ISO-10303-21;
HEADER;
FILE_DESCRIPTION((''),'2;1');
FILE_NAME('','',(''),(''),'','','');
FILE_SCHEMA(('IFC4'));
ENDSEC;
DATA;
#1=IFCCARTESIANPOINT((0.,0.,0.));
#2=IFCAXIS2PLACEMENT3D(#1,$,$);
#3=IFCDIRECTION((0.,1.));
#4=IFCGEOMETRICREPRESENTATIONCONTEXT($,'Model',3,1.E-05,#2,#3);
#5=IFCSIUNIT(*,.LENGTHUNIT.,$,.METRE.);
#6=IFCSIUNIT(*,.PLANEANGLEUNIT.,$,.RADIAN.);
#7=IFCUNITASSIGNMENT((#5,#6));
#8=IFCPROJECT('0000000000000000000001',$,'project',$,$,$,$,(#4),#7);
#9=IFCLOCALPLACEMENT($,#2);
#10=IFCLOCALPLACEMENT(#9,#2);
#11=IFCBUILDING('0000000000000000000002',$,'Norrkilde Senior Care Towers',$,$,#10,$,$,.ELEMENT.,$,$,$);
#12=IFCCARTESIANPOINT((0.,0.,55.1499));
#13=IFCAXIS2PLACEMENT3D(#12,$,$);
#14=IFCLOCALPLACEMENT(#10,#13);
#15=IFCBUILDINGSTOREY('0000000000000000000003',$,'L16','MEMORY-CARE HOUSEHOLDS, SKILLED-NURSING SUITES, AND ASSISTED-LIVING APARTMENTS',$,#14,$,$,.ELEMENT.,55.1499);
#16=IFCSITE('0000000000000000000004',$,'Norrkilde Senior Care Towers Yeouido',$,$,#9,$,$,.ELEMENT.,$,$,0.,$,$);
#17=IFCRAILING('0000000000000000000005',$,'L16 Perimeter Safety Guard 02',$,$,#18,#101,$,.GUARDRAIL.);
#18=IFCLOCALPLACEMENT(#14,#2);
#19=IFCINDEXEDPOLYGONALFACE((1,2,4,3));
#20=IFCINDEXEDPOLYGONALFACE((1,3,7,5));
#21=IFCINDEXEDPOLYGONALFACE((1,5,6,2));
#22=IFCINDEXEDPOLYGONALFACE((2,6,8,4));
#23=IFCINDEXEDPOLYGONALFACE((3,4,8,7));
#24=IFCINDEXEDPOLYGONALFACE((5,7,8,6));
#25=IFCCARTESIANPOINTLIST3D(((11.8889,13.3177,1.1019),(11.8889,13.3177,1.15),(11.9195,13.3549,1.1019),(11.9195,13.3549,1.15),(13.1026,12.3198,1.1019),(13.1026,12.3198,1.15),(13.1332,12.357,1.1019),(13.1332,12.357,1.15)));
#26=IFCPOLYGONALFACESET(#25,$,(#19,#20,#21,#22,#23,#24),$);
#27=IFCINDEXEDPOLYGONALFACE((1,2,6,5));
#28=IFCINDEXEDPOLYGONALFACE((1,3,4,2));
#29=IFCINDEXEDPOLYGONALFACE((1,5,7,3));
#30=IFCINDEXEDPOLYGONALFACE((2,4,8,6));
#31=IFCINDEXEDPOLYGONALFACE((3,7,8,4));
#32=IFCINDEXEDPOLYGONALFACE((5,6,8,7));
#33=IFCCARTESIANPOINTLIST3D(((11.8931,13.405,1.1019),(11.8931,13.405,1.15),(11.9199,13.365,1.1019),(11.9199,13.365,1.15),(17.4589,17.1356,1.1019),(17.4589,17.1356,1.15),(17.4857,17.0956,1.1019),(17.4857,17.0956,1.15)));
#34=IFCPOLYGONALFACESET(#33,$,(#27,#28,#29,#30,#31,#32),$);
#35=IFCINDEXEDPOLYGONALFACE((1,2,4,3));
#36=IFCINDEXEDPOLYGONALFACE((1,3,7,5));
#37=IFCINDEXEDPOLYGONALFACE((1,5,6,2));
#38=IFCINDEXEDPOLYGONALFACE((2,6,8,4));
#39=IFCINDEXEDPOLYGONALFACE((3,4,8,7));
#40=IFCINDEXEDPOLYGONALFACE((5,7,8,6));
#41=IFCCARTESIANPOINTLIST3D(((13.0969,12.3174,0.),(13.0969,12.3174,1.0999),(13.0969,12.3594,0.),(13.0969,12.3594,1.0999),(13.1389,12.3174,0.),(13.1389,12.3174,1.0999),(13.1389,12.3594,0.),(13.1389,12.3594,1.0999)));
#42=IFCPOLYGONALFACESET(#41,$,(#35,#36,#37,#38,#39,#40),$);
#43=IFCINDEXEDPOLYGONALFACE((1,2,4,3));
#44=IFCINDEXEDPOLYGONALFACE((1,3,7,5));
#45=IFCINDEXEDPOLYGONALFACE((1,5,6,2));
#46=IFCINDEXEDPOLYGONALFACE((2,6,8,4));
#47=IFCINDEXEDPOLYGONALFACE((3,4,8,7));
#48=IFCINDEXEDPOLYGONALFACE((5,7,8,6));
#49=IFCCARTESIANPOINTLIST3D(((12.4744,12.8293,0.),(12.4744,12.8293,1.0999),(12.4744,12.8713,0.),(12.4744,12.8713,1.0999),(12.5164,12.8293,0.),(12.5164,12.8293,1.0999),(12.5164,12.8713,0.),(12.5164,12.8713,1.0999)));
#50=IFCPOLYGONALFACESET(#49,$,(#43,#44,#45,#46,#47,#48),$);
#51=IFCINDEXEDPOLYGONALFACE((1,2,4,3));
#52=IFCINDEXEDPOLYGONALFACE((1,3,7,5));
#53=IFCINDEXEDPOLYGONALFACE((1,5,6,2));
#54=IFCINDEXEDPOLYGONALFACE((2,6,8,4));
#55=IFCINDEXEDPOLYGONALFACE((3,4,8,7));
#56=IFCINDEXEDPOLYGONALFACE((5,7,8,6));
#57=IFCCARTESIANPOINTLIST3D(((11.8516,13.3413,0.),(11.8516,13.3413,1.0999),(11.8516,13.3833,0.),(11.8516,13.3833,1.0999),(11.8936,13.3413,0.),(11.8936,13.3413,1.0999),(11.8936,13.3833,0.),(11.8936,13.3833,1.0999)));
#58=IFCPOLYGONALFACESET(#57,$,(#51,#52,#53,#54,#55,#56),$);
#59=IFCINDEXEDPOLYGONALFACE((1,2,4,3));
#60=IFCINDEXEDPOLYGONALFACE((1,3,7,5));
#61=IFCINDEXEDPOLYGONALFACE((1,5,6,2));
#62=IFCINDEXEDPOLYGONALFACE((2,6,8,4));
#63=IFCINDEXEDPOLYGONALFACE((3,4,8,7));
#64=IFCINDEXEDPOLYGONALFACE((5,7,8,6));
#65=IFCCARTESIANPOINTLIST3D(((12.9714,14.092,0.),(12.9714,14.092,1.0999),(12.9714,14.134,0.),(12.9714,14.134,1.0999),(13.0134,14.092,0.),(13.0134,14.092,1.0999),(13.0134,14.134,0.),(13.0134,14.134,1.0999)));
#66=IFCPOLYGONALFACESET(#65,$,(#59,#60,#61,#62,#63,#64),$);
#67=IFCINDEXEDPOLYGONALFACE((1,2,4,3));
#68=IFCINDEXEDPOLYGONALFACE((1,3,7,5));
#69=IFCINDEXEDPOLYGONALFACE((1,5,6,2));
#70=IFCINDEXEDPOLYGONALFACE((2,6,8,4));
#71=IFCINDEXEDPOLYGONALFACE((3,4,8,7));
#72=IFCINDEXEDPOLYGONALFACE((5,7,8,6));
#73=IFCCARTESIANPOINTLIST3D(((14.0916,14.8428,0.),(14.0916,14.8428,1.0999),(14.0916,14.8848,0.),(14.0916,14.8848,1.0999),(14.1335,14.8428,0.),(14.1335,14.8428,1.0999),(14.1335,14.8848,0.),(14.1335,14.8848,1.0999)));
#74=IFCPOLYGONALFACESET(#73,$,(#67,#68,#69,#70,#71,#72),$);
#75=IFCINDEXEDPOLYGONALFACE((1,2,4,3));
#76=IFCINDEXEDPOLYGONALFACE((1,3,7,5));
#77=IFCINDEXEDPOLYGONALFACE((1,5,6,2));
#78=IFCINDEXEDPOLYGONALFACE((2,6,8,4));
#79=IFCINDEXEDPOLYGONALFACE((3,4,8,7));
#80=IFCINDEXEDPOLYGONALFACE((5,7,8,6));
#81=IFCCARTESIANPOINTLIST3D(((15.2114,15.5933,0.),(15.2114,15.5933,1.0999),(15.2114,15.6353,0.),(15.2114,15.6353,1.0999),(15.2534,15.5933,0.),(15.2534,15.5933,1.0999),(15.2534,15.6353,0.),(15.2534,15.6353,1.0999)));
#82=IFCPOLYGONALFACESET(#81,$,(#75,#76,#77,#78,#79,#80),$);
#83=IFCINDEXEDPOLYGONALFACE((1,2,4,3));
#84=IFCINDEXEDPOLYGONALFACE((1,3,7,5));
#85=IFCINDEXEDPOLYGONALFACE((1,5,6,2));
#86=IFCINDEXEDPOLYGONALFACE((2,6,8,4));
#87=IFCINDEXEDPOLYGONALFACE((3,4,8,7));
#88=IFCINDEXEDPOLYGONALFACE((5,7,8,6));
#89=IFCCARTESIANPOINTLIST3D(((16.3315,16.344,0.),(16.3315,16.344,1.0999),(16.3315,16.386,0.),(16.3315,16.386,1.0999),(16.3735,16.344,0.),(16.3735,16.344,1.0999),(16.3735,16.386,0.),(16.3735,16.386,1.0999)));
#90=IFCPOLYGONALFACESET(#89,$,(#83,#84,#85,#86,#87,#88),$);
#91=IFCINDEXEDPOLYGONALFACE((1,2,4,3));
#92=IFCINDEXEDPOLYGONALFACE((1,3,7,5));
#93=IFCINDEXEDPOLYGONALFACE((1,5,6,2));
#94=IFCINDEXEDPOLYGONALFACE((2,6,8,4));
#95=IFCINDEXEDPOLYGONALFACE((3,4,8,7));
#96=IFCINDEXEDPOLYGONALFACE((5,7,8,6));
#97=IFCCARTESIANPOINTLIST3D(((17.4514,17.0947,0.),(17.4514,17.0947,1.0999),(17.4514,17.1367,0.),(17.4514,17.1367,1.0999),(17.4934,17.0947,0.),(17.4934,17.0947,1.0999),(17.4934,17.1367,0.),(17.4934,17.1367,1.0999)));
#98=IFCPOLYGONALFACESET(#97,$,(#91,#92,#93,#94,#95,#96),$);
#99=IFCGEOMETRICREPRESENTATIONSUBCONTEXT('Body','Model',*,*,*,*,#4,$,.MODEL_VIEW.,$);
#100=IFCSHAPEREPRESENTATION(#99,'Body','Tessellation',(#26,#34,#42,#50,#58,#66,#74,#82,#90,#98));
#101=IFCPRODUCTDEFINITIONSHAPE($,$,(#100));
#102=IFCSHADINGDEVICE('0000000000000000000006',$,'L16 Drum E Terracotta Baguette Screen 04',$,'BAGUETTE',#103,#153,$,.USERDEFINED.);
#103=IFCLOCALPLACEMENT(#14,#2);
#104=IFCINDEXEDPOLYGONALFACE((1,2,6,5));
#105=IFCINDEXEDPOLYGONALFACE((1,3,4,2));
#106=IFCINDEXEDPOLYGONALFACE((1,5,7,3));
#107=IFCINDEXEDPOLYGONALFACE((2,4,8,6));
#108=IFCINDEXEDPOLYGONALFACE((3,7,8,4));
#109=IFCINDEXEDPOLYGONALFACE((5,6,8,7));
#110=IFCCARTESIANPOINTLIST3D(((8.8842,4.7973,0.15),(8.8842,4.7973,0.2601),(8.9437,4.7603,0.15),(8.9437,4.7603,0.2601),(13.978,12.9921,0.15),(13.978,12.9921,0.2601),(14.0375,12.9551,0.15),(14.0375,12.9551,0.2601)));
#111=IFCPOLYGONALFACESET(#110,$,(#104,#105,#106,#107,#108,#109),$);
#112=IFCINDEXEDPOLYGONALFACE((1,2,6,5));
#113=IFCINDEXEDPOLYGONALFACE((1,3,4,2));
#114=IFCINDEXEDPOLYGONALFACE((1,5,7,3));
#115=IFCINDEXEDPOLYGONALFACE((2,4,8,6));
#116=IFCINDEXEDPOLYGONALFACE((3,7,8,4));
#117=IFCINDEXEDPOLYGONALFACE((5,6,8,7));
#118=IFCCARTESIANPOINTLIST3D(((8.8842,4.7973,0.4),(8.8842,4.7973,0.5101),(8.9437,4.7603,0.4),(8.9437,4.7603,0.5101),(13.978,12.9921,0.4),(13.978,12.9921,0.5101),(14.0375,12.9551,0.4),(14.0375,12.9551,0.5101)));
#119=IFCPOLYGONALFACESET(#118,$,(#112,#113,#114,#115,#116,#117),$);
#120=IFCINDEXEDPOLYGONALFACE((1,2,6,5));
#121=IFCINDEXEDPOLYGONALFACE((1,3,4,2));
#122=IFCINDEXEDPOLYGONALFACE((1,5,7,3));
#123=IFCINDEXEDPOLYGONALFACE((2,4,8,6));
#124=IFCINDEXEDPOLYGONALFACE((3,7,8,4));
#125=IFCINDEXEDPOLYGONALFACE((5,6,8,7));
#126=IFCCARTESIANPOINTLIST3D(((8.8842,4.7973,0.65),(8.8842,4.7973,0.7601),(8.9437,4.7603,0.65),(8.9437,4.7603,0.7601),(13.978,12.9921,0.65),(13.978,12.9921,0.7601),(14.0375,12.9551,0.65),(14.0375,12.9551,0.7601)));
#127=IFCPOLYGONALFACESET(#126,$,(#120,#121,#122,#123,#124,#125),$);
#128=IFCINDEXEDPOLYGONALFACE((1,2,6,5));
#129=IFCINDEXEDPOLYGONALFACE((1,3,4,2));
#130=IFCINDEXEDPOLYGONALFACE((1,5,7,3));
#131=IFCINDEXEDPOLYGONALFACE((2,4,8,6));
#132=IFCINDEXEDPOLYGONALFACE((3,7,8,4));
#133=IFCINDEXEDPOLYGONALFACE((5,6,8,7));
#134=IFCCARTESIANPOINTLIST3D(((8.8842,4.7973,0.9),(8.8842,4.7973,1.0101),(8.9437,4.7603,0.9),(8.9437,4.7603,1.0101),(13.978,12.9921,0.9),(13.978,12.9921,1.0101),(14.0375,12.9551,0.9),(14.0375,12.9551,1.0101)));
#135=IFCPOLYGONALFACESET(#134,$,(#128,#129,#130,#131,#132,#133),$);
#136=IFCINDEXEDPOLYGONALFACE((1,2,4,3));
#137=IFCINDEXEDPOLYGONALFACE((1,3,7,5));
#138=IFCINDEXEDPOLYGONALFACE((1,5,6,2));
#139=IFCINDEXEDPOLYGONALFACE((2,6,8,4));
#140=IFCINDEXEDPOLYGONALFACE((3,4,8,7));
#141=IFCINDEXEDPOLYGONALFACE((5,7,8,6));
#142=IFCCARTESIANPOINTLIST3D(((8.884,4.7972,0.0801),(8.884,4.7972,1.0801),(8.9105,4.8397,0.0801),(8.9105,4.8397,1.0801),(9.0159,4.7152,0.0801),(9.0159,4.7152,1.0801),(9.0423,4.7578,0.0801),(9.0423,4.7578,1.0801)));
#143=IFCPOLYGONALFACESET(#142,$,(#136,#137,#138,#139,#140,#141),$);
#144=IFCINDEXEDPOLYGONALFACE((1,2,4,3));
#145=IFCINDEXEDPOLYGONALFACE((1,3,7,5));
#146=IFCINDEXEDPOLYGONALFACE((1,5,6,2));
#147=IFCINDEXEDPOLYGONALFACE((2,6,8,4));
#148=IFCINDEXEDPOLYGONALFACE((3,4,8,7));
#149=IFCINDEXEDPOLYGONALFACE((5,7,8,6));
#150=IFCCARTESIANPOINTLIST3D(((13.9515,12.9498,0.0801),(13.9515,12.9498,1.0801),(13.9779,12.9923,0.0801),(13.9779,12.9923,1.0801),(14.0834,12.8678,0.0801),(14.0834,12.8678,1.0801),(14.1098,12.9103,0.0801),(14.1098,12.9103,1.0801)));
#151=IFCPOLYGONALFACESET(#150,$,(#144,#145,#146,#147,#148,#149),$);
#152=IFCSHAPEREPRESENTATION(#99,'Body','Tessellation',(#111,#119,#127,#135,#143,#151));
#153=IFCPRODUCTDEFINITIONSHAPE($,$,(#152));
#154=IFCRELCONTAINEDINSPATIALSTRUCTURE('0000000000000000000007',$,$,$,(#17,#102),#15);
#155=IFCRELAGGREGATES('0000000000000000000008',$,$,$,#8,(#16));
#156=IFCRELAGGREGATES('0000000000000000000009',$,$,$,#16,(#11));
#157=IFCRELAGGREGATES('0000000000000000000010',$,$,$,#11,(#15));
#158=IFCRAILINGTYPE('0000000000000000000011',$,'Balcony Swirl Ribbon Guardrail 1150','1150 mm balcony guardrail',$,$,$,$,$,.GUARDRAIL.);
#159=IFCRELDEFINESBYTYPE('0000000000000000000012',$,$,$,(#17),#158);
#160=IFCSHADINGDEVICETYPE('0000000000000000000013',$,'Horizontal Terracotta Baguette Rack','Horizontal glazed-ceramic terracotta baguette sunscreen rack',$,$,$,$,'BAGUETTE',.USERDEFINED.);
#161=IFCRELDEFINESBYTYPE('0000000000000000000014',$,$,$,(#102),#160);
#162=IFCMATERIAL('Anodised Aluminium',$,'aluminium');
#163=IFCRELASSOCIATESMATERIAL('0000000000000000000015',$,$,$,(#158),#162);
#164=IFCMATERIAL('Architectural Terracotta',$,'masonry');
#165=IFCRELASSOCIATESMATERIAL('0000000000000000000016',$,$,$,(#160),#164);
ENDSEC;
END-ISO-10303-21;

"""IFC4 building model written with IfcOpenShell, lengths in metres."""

from ifc_helpers import new_model, si_unit, direction, frame, origin, origin_2d, place, context, subcontext, project, spatial, rectangle, extrude, source, transform, mapped, material, type_object, type_shapes, element, save


model = new_model("IFC4")

# Units and contexts
model_context = context("Model", 3, precision=1e-05, world=origin(), true_north=direction((0.0, 1.0)))
body_context = subcontext(model_context, "Body", "Model", "MODEL_VIEW")
ifc_project = project(units=[si_unit("LENGTHUNIT", "METRE"), si_unit("PLANEANGLEUNIT", "RADIAN")], contexts=[model_context])

# Site, building, storey
site_placement = place(None, origin())
site = spatial("IfcSite", under=ifc_project, at=site_placement, Name="Norrkilde Senior Care Towers Yeouido", CompositionType="ELEMENT", RefElevation=0.0)
building_placement = place(site_placement, origin())
building = spatial("IfcBuilding", under=site, at=building_placement, Name="Norrkilde Senior Care Towers", CompositionType="ELEMENT")
storey_placement = place(building_placement, frame((0.0, 0.0, 55.1499)))
storey = spatial("IfcBuildingStorey", under=building, at=storey_placement, Name="L16", Description="MEMORY-CARE HOUSEHOLDS, SKILLED-NURSING SUITES, AND ASSISTED-LIVING APARTMENTS", CompositionType="ELEMENT", Elevation=55.1499)

# Shared definitions
ifc_material_1 = material(Name="Anodised Aluminium", Category="aluminium")

# Railing
railing_type = type_object("IfcRailingType", Name="Balcony Swirl Ribbon Guardrail 1150", Description="1150 mm balcony guardrail", PredefinedType="GUARDRAIL", material=ifc_material_1)
railing_1_placement = place(storey_placement, frame((13.1179, 12.3384, 0.0)))
element("IfcRailing", 1, at=railing_1_placement, inside=storey, type_object=railing_type, Name="L16 Perimeter Safety Guard 02", PredefinedType="GUARDRAIL", context=body_context, shape_type="SweptSolid", body=[
    extrude(rectangle(XDim=0.0481, YDim=0.0481, at=origin_2d()), frame((0.0, 0.0, 1.126), z_axis=(-0.772437, 0.635091, 0.0), x_axis=(-0.635091, -0.772437, 0.0)), (0.0, 0.0, 1.0), 1.5713),
    extrude(rectangle(XDim=0.0481, YDim=0.0481, at=origin_2d()), frame((-1.2114, 1.0466, 1.126), z_axis=(0.830666, 0.556771, 0.0), x_axis=(-0.556771, 0.830666, 0.0)), (0.0, 0.0, 1.0), 6.7004),
    extrude(rectangle(XDim=0.042, YDim=0.042, at=origin_2d()), origin(), (0.0, 0.0, 1.0), 1.0999),
    extrude(rectangle(XDim=0.042, YDim=0.042, at=origin_2d()), frame((-0.6226, 0.512, 0.0)), (0.0, 0.0, 1.0), 1.0999),
    extrude(rectangle(XDim=0.042, YDim=0.042, at=origin_2d()), frame((-1.2454, 1.0239, 0.0)), (0.0, 0.0, 1.0), 1.0999),
    extrude(rectangle(XDim=0.042, YDim=0.042, at=origin_2d()), frame((-0.1255, 1.7747, 0.0)), (0.0, 0.0, 1.0), 1.0999),
    extrude(rectangle(XDim=0.042, YDim=0.042, at=origin_2d()), frame((0.9946, 2.5254, 0.0)), (0.0, 0.0, 1.0), 1.0999),
    extrude(rectangle(XDim=0.042, YDim=0.042, at=origin_2d()), frame((2.1145, 3.2759, 0.0)), (0.0, 0.0, 1.0), 1.0999),
    extrude(rectangle(XDim=0.042, YDim=0.042, at=origin_2d()), frame((3.2346, 4.0266, 0.0)), (0.0, 0.0, 1.0), 1.0999),
    extrude(rectangle(XDim=0.042, YDim=0.042, at=origin_2d()), frame((4.3545, 4.7773, 0.0)), (0.0, 0.0, 1.0), 1.0999),
])

# Shading device
ifc_material_2 = material(Name="Architectural Terracotta", Category="masonry")
shading_device_type = type_object("IfcShadingDeviceType", Name="Horizontal Terracotta Baguette Rack", Description="Horizontal glazed-ceramic terracotta baguette sunscreen rack", ElementType="BAGUETTE", PredefinedType="USERDEFINED", material=ifc_material_2)
shared_shape_1 = source(origin(), body_context, "Body", "SweptSolid", [
    extrude(rectangle(XDim=0.0701, YDim=0.1101, at=origin_2d()), frame((0.0, 0.0901, 0.125), z_axis=(1.0, 0.0, 0.0), x_axis=(0.0, 1.0, 0.0)), (0.0, 0.0, 1.0), 9.6489),
    extrude(rectangle(XDim=0.0701, YDim=0.1101, at=origin_2d()), frame((0.0, 0.0901, 0.375), z_axis=(1.0, 0.0, 0.0), x_axis=(0.0, 1.0, 0.0)), (0.0, 0.0, 1.0), 9.6489),
    extrude(rectangle(XDim=0.0701, YDim=0.1101, at=origin_2d()), frame((0.0, 0.0901, 0.625), z_axis=(1.0, 0.0, 0.0), x_axis=(0.0, 1.0, 0.0)), (0.0, 0.0, 1.0), 9.6489),
    extrude(rectangle(XDim=0.0701, YDim=0.1101, at=origin_2d()), frame((0.0, 0.0901, 0.875), z_axis=(1.0, 0.0, 0.0), x_axis=(0.0, 1.0, 0.0)), (0.0, 0.0, 1.0), 9.6489),
    extrude(rectangle(XDim=0.05, YDim=0.1553, at=origin_2d()), frame((0.0249, 0.0476, 0.0)), (0.0, 0.0, 1.0), 1.0),
    extrude(rectangle(XDim=0.05, YDim=0.1553, at=origin_2d()), frame((9.624, 0.0476, 0.0)), (0.0, 0.0, 1.0), 1.0),
])
type_shapes(shading_device_type, [shared_shape_1])
shading_device_placement = place(storey_placement, frame((8.9905, 4.7312, 0.0801), z_axis=(0.0, 0.0, 1.0), x_axis=(0.527909, 0.849299, 0.0)))
element("IfcShadingDevice", 2, at=shading_device_placement, inside=storey, type_object=shading_device_type, Name="L16 Drum E Terracotta Baguette Screen 04", ObjectType="BAGUETTE", PredefinedType="USERDEFINED", context=body_context, shape_type="MappedRepresentation", body=[
    mapped(shared_shape_1, transform((0.0, 0.0, 0.0), x_axis=(1.0, 0.0, 0.0), y_axis=(0.0, 1.0, 0.0), z_axis=(0.0, 0.0, 1.0), scale=1.0)),
])

save(model, "model.ifc")
